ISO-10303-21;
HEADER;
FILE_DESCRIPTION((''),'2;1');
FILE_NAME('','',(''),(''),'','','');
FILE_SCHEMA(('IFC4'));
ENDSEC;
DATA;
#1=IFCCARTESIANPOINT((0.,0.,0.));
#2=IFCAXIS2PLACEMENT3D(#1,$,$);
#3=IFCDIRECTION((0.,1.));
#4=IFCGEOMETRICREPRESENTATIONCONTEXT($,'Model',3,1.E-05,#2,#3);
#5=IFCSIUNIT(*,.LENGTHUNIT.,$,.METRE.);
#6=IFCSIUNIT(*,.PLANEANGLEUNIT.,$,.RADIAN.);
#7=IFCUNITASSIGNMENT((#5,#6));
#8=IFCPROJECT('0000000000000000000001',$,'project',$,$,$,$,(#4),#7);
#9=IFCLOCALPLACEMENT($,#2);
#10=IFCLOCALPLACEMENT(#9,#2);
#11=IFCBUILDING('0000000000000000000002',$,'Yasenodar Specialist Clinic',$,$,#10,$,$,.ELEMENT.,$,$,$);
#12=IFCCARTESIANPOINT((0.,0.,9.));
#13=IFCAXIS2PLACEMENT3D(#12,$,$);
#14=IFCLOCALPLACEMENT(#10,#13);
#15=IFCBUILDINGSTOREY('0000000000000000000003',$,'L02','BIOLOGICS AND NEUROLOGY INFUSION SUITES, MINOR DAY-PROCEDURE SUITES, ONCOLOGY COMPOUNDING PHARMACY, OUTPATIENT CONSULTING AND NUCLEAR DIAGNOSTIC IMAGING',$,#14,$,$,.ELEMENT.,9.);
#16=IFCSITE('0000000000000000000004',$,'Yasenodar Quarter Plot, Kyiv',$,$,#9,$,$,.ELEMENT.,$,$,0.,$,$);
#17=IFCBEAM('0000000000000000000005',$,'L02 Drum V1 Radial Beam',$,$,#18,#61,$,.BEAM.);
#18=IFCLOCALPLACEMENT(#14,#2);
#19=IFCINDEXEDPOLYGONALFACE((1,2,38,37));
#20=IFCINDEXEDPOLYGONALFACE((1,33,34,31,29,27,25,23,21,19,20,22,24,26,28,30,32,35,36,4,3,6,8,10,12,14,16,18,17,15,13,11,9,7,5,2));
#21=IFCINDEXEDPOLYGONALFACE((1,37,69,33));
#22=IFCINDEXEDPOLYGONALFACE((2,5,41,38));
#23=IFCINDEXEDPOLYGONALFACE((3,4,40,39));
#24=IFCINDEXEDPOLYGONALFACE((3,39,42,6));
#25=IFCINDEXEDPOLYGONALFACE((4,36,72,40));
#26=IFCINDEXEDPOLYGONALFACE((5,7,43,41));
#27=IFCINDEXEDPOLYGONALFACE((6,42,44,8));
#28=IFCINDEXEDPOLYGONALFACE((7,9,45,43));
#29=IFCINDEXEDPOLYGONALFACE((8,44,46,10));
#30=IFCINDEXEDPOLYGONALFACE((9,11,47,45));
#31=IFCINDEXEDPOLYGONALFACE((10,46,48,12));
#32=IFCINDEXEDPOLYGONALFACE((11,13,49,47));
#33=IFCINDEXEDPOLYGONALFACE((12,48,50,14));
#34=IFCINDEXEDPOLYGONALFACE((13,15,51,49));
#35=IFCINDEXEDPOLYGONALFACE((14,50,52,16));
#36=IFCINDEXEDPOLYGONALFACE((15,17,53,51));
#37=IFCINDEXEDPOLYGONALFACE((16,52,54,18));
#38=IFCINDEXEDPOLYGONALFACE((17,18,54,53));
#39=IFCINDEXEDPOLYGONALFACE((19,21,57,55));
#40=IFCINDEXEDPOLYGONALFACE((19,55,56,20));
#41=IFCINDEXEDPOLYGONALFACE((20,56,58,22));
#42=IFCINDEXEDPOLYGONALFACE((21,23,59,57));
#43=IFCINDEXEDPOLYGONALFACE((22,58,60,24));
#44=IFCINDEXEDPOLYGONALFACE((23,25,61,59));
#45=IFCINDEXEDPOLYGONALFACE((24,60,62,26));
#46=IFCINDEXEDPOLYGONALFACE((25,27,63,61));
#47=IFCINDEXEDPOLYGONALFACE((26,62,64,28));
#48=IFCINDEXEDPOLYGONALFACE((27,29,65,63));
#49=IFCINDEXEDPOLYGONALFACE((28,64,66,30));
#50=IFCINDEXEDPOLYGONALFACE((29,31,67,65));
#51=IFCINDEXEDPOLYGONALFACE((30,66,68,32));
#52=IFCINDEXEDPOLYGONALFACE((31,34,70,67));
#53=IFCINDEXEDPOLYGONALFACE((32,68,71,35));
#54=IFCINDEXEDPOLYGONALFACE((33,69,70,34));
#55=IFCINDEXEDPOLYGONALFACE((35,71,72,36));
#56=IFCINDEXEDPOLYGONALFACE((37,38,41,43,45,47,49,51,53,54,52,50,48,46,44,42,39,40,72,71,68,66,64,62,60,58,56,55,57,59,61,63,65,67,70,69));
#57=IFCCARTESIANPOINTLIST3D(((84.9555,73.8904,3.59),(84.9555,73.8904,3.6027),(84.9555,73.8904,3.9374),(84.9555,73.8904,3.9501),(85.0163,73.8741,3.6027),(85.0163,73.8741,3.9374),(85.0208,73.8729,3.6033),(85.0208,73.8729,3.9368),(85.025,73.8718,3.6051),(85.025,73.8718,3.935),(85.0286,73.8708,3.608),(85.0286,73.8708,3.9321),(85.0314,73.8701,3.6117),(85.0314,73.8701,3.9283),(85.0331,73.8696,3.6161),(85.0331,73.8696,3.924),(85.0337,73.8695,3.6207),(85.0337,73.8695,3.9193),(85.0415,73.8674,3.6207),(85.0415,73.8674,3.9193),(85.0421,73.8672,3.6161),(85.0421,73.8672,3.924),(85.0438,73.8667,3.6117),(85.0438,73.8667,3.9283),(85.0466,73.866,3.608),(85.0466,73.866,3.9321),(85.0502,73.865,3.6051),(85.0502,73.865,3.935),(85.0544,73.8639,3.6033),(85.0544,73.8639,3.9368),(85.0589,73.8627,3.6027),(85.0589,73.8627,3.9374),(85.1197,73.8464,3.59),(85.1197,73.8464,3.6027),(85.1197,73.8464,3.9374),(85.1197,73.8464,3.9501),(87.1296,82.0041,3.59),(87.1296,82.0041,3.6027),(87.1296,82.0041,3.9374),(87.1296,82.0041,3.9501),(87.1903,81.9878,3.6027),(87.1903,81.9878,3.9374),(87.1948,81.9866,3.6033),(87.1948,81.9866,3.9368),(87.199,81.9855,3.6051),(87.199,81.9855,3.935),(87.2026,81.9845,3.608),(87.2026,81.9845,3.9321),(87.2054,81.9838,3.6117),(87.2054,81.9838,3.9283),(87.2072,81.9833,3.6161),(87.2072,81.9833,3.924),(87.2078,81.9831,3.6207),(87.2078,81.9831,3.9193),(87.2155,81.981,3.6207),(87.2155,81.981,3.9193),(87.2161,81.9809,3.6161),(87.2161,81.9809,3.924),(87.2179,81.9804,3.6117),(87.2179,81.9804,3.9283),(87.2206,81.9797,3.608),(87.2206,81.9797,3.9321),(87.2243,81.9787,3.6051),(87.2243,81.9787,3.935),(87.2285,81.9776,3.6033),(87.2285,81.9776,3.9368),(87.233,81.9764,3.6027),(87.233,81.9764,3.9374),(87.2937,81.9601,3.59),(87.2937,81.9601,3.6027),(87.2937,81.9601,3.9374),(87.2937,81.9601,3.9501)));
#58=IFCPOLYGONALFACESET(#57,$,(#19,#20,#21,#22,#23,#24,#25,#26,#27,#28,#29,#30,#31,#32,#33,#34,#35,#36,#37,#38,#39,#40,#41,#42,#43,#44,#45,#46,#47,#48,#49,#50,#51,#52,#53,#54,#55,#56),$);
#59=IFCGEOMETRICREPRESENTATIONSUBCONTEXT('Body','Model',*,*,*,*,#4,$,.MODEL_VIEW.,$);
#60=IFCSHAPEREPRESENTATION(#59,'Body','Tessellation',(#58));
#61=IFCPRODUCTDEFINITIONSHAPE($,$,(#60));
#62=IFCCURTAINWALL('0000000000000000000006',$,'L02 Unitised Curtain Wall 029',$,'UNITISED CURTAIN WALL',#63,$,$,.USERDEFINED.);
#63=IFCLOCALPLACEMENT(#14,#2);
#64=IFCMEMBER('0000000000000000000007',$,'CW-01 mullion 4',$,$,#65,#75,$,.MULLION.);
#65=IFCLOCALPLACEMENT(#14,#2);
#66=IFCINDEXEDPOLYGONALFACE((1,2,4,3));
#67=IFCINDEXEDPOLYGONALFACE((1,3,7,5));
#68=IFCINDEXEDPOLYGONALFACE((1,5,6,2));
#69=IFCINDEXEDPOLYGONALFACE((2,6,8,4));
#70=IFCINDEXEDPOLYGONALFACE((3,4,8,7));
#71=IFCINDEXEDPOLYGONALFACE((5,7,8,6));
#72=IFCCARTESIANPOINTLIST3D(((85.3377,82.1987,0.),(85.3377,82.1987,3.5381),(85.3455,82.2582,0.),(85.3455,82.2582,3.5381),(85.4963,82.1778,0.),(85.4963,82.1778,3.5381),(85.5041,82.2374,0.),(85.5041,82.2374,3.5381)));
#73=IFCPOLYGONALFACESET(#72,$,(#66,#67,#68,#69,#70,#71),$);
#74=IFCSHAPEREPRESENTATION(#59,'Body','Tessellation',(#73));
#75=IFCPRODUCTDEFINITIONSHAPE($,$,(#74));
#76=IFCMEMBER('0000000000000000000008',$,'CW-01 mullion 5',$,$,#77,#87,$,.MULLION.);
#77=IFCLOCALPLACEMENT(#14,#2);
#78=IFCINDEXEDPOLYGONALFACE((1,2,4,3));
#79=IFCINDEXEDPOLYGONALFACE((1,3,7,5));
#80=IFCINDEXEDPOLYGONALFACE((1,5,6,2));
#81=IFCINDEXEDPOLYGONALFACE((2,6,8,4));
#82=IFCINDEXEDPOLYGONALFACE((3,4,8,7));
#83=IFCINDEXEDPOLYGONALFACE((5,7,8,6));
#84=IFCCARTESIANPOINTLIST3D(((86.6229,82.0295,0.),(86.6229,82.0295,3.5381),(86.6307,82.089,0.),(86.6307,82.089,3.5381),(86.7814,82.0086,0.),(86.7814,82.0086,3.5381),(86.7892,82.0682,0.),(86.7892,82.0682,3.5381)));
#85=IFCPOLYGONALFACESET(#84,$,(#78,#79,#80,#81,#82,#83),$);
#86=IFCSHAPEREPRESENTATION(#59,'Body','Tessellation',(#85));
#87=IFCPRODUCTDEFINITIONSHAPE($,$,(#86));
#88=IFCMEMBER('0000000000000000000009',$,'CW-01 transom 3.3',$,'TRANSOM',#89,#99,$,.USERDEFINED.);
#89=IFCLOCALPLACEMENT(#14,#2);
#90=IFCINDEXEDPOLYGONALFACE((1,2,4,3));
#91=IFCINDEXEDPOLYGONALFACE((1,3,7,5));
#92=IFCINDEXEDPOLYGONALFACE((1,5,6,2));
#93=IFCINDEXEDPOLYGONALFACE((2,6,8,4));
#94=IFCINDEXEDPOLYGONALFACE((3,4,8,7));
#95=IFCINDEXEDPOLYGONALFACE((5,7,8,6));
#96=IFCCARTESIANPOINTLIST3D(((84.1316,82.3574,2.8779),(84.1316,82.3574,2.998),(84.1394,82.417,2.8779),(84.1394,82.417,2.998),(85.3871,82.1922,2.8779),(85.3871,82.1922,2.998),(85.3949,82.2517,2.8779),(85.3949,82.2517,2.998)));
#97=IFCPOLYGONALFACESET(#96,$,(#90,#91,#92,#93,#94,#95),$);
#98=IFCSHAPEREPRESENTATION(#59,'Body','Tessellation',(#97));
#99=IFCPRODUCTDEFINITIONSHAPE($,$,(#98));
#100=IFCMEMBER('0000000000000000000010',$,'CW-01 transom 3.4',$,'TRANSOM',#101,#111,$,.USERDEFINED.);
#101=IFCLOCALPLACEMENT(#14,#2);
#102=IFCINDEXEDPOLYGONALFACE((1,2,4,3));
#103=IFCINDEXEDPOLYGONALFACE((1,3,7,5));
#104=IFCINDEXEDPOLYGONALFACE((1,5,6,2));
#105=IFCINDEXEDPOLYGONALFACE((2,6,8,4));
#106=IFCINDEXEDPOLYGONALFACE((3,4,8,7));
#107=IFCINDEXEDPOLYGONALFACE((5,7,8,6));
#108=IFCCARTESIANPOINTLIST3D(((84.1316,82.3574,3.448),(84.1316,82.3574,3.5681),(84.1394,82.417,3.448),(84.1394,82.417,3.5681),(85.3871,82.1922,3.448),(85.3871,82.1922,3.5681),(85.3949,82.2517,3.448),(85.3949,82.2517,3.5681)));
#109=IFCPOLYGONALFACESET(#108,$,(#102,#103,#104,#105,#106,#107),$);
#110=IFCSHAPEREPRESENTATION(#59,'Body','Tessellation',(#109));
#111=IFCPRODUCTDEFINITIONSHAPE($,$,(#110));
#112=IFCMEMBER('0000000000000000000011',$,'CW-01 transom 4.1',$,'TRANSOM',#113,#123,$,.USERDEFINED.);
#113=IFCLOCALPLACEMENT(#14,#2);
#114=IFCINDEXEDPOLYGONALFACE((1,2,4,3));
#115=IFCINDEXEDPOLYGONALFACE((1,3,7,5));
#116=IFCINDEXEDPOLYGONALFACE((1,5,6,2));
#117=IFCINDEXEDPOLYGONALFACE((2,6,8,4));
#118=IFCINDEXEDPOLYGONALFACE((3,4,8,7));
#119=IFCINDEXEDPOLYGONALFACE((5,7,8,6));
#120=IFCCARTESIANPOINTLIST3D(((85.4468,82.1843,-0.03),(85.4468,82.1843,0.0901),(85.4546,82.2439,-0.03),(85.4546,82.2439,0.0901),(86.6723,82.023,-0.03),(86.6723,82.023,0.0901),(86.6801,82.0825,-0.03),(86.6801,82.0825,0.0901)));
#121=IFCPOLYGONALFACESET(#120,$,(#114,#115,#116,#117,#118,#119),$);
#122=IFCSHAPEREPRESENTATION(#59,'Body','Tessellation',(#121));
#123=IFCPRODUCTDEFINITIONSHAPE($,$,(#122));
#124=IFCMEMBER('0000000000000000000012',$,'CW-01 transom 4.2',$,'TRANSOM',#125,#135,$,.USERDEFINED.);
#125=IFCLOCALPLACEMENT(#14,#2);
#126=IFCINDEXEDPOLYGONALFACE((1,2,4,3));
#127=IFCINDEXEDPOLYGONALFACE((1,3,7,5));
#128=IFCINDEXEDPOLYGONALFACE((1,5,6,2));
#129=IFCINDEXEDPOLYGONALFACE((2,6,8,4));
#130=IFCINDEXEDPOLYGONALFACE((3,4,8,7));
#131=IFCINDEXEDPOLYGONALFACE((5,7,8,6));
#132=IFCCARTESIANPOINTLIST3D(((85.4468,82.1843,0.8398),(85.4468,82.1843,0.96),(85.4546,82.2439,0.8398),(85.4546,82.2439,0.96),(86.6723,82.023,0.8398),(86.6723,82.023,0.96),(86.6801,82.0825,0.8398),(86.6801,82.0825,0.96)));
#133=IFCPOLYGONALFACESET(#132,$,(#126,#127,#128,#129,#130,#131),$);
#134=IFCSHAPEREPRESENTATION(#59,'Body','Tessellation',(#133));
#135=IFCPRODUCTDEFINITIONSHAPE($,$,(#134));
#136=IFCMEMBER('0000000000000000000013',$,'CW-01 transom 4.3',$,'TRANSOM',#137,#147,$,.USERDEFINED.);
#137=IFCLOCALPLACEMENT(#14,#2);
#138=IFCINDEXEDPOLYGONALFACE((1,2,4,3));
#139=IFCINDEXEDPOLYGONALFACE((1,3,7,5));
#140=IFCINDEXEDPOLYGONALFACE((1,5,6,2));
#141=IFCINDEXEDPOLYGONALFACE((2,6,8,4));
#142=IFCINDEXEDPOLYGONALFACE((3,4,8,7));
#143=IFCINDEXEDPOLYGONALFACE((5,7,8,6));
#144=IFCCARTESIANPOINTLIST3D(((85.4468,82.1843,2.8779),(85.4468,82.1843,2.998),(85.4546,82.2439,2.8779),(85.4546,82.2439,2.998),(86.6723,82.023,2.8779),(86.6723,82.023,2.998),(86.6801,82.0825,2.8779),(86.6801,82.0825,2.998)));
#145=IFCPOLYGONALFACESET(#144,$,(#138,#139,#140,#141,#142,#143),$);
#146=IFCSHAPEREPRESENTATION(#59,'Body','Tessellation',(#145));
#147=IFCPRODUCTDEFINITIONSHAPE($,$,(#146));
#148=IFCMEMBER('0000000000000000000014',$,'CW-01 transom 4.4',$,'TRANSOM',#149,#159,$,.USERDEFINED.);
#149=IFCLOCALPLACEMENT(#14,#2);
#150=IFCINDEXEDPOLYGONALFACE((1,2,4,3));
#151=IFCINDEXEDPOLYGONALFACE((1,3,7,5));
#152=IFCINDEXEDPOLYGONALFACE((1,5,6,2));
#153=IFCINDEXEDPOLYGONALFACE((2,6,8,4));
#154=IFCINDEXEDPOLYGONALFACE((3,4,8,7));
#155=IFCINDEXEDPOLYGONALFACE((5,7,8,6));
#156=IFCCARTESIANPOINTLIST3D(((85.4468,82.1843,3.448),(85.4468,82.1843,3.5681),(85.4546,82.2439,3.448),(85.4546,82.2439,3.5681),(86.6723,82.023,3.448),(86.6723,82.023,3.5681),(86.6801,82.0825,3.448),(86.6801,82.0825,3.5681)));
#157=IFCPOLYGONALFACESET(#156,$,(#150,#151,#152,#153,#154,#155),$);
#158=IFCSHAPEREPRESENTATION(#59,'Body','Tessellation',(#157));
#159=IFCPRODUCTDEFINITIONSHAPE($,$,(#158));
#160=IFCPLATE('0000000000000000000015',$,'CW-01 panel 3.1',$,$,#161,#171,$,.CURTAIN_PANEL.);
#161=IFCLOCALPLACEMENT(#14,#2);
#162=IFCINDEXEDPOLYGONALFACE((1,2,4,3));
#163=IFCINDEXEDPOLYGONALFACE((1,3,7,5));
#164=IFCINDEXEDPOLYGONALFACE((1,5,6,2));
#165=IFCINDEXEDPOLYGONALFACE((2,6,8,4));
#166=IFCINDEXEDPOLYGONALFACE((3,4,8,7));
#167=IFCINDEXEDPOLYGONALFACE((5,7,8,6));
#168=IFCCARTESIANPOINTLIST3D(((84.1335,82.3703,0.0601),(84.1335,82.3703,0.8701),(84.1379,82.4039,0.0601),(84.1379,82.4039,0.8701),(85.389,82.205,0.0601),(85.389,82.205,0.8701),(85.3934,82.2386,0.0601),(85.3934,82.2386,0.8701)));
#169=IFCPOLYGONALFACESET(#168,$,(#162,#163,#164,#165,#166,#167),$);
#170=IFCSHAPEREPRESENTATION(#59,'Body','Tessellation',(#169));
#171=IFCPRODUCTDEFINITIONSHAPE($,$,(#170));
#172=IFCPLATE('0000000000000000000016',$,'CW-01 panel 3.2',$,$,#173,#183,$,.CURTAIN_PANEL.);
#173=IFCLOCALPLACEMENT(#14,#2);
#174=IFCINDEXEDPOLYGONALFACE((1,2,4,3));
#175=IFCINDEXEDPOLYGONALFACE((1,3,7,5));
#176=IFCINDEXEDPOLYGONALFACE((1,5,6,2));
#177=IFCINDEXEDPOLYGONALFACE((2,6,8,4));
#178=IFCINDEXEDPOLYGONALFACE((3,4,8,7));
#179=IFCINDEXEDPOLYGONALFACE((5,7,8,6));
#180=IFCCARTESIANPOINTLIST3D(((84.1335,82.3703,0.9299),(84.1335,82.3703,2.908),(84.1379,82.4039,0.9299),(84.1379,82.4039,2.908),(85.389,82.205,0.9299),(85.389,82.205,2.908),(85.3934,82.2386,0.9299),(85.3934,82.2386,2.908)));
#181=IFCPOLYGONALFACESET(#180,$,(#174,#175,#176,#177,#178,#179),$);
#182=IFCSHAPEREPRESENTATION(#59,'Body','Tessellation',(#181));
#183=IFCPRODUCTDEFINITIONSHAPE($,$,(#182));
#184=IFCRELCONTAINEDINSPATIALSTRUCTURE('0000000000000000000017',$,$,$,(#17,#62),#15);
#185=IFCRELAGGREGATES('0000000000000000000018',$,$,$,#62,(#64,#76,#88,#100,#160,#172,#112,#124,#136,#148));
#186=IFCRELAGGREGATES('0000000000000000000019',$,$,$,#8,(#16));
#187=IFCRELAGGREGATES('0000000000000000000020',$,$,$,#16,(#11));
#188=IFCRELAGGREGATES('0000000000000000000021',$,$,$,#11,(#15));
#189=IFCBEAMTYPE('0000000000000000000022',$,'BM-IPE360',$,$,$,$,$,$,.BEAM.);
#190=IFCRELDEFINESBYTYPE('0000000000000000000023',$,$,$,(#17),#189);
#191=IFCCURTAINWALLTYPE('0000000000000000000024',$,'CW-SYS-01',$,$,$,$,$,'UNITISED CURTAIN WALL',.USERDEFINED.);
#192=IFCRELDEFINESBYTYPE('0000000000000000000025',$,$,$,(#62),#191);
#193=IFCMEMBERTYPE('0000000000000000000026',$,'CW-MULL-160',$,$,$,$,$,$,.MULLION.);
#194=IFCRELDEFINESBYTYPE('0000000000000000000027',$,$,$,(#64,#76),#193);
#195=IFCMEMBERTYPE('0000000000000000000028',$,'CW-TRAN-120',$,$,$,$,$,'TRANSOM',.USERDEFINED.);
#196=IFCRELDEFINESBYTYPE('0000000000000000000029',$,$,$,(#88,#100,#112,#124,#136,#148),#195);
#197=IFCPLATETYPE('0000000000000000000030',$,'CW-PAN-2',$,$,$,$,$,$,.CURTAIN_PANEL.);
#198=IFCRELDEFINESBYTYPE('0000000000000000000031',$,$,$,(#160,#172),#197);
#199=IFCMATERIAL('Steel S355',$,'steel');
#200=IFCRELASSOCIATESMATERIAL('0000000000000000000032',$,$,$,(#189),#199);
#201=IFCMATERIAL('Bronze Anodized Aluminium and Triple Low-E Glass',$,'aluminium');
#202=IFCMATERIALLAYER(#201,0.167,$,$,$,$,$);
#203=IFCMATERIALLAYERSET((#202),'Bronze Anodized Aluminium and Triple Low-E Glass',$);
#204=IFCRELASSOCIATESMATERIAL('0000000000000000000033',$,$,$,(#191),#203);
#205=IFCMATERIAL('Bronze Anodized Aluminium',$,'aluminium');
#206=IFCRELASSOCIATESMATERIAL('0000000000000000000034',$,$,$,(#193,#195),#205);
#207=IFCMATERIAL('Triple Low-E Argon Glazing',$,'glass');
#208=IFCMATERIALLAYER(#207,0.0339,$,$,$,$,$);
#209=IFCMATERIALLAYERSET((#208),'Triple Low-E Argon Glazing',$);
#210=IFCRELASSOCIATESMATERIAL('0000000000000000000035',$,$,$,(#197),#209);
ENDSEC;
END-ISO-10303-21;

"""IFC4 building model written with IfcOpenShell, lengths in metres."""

from ifc_helpers import new_model, si_unit, direction, frame, origin, origin_2d, place, context, subcontext, project, spatial, rectangle, i_section, extrude, material, layer, layer_set, material_profile, profile_set, type_object, element, aggregate, save


model = new_model("IFC4")

# Units and contexts
model_context = context("Model", 3, precision=1e-05, world=origin(), true_north=direction((0.0, 1.0)))
body_context = subcontext(model_context, "Body", "Model", "MODEL_VIEW")
ifc_project = project(units=[si_unit("LENGTHUNIT", "METRE"), si_unit("PLANEANGLEUNIT", "RADIAN")], contexts=[model_context])

# Site, building, storey
site_placement = place(None, origin())
site = spatial("IfcSite", under=ifc_project, at=site_placement, Name="Yasenodar Quarter Plot, Kyiv", CompositionType="ELEMENT", RefElevation=0.0)
building_placement = place(site_placement, origin())
building = spatial("IfcBuilding", under=site, at=building_placement, Name="Yasenodar Specialist Clinic", CompositionType="ELEMENT")
storey_placement = place(building_placement, frame((0.0, 0.0, 9.0)))
storey = spatial("IfcBuildingStorey", under=building, at=storey_placement, Name="L02", Description="BIOLOGICS AND NEUROLOGY INFUSION SUITES, MINOR DAY-PROCEDURE SUITES, ONCOLOGY COMPOUNDING PHARMACY, OUTPATIENT CONSULTING AND NUCLEAR DIAGNOSTIC IMAGING", CompositionType="ELEMENT", Elevation=9.0)

# Shared definitions
ifc_material_1 = material(Name="Steel S355", Category="steel")

# Beam
ifc_material_profile_1 = material_profile(ifc_material_1, i_section(OverallWidth=0.1699, OverallDepth=0.3601, WebThickness=0.0081, FlangeThickness=0.0127, FilletRadius=0.0181, at=origin_2d()), Name="IPE 360")
ifc_profile_set_1 = profile_set([ifc_material_profile_1], Name="Steel S355")
beam_type_1 = type_object("IfcBeamType", Name="BM-IPE360", PredefinedType="BEAM", material=ifc_profile_set_1)
beam_1_placement = place(storey_placement, frame((85.0376, 73.8684, 3.77), z_axis=(0.258818, 0.965926, 0.0), x_axis=(-0.965926, 0.258818, 0.0)))
element("IfcBeam", 1, at=beam_1_placement, inside=storey, type_object=beam_type_1, Name="L02 Drum V1 Radial Beam", PredefinedType="BEAM", context=body_context, shape_type="SweptSolid", body=[
    extrude(i_section(OverallWidth=0.1699, OverallDepth=0.3601, WebThickness=0.0081, FlangeThickness=0.0127, FilletRadius=0.0181, at=origin_2d()), origin(), (0.0, 0.0, 1.0), 8.3999),
])

# Curtain wall, members, plates
ifc_material_2 = material(Name="Bronze Anodized Aluminium and Triple Low-E Glass", Category="aluminium")
ifc_layer_1 = layer(ifc_material_2, 0.167)
ifc_layer_set_1 = layer_set([ifc_layer_1], Name="Bronze Anodized Aluminium and Triple Low-E Glass")
curtain_wall_type = type_object("IfcCurtainWallType", Name="CW-SYS-01", ElementType="UNITISED CURTAIN WALL", PredefinedType="USERDEFINED", material=ifc_layer_set_1)
curtain_wall_placement = place(storey_placement, origin())
curtain_wall = element("IfcCurtainWall", 2, at=curtain_wall_placement, inside=storey, type_object=curtain_wall_type, Name="L02 Unitised Curtain Wall 029", ObjectType="UNITISED CURTAIN WALL", PredefinedType="USERDEFINED")
ifc_material_3 = material(Name="Bronze Anodized Aluminium", Category="aluminium")
ifc_material_profile_2 = material_profile(ifc_material_3, rectangle(XDim=0.0601, YDim=0.1599, at=origin_2d()), Name="CW-MULL 60x160")
ifc_profile_set_2 = profile_set([ifc_material_profile_2], Name="Bronze Anodized Aluminium")
member_type_1 = type_object("IfcMemberType", Name="CW-MULL-160", PredefinedType="MULLION", material=ifc_profile_set_2)
member_1_placement = place(storey_placement, frame((85.4209, 82.218, 0.0), z_axis=(0.0, 0.0, 1.0), x_axis=(0.130512, 0.991447, 0.0)))
member_1 = element("IfcMember", 3, at=member_1_placement, type_object=member_type_1, Name="CW-01 mullion 4", PredefinedType="MULLION", context=body_context, shape_type="SweptSolid", body=[
    extrude(rectangle(XDim=0.0601, YDim=0.1599, at=origin_2d()), origin(), (0.0, 0.0, 1.0), 3.5381),
])
member_2_placement = place(storey_placement, frame((86.7061, 82.0488, 0.0), z_axis=(0.0, 0.0, 1.0), x_axis=(0.130512, 0.991447, 0.0)))
member_2 = element("IfcMember", 4, at=member_2_placement, type_object=member_type_1, Name="CW-01 mullion 5", PredefinedType="MULLION", context=body_context, shape_type="SweptSolid", body=[
    extrude(rectangle(XDim=0.0601, YDim=0.1599, at=origin_2d()), origin(), (0.0, 0.0, 1.0), 3.5381),
])
ifc_material_profile_3 = material_profile(ifc_material_3, rectangle(XDim=0.0601, YDim=0.1201, at=origin_2d()), Name="CW-TRAN 60x120")
ifc_profile_set_3 = profile_set([ifc_material_profile_3], Name="Bronze Anodized Aluminium")
member_type_2 = type_object("IfcMemberType", Name="CW-TRAN-120", ElementType="TRANSOM", PredefinedType="USERDEFINED", material=ifc_profile_set_3)
member_3_placement = place(storey_placement, frame((84.1355, 82.3872, 2.938), z_axis=(0.991447, -0.130509, 0.0), x_axis=(0.130509, 0.991447, 0.0)))
member_3 = element("IfcMember", 5, at=member_3_placement, type_object=member_type_2, Name="CW-01 transom 3.3", ObjectType="TRANSOM", PredefinedType="USERDEFINED", context=body_context, shape_type="SweptSolid", body=[
    extrude(rectangle(XDim=0.0601, YDim=0.1201, at=origin_2d()), origin(), (0.0, 0.0, 1.0), 1.2664),
])
member_4_placement = place(storey_placement, frame((84.1355, 82.3872, 3.5081), z_axis=(0.991447, -0.130509, 0.0), x_axis=(0.130509, 0.991447, 0.0)))
member_4 = element("IfcMember", 6, at=member_4_placement, type_object=member_type_2, Name="CW-01 transom 3.4", ObjectType="TRANSOM", PredefinedType="USERDEFINED", context=body_context, shape_type="SweptSolid", body=[
    extrude(rectangle(XDim=0.0601, YDim=0.1201, at=origin_2d()), origin(), (0.0, 0.0, 1.0), 1.2664),
])
member_5_placement = place(storey_placement, frame((85.4507, 82.2141, 0.03), z_axis=(0.991442, -0.130546, 0.0), x_axis=(0.130546, 0.991442, 0.0)))
member_5 = element("IfcMember", 7, at=member_5_placement, type_object=member_type_2, Name="CW-01 transom 4.1", ObjectType="TRANSOM", PredefinedType="USERDEFINED", context=body_context, shape_type="SweptSolid", body=[
    extrude(rectangle(XDim=0.0601, YDim=0.1201, at=origin_2d()), origin(), (0.0, 0.0, 1.0), 1.2361),
])
member_6_placement = place(storey_placement, frame((85.4507, 82.2141, 0.8999), z_axis=(0.991442, -0.130546, 0.0), x_axis=(0.130546, 0.991442, 0.0)))
member_6 = element("IfcMember", 8, at=member_6_placement, type_object=member_type_2, Name="CW-01 transom 4.2", ObjectType="TRANSOM", PredefinedType="USERDEFINED", context=body_context, shape_type="SweptSolid", body=[
    extrude(rectangle(XDim=0.0601, YDim=0.1201, at=origin_2d()), origin(), (0.0, 0.0, 1.0), 1.2361),
])
member_7_placement = place(storey_placement, frame((85.4507, 82.2141, 2.938), z_axis=(0.991442, -0.130546, 0.0), x_axis=(0.130546, 0.991442, 0.0)))
member_7 = element("IfcMember", 9, at=member_7_placement, type_object=member_type_2, Name="CW-01 transom 4.3", ObjectType="TRANSOM", PredefinedType="USERDEFINED", context=body_context, shape_type="SweptSolid", body=[
    extrude(rectangle(XDim=0.0601, YDim=0.1201, at=origin_2d()), origin(), (0.0, 0.0, 1.0), 1.2361),
])
member_8_placement = place(storey_placement, frame((85.4507, 82.2141, 3.5081), z_axis=(0.991442, -0.130546, 0.0), x_axis=(0.130546, 0.991442, 0.0)))
member_8 = element("IfcMember", 10, at=member_8_placement, type_object=member_type_2, Name="CW-01 transom 4.4", ObjectType="TRANSOM", PredefinedType="USERDEFINED", context=body_context, shape_type="SweptSolid", body=[
    extrude(rectangle(XDim=0.0601, YDim=0.1201, at=origin_2d()), origin(), (0.0, 0.0, 1.0), 1.2361),
])
ifc_material_4 = material(Name="Triple Low-E Argon Glazing", Category="glass")
ifc_layer_2 = layer(ifc_material_4, 0.0339)
ifc_layer_set_2 = layer_set([ifc_layer_2], Name="Triple Low-E Argon Glazing")
plate_type = type_object("IfcPlateType", Name="CW-PAN-2", PredefinedType="CURTAIN_PANEL", material=ifc_layer_set_2)
plate_1_placement = place(storey_placement, frame((84.7634, 82.3044, 0.0601), z_axis=(0.0, 0.0, 1.0), x_axis=(0.991447, -0.130512, 0.0)))
plate_1 = element("IfcPlate", 11, at=plate_1_placement, type_object=plate_type, Name="CW-01 panel 3.1", PredefinedType="CURTAIN_PANEL", context=body_context, shape_type="SweptSolid", body=[
    extrude(rectangle(XDim=1.2664, YDim=0.0339, at=origin_2d()), origin(), (0.0, 0.0, 1.0), 0.8101),
])
plate_2_placement = place(storey_placement, frame((84.7634, 82.3044, 0.9299), z_axis=(0.0, 0.0, 1.0), x_axis=(0.991447, -0.130512, 0.0)))
plate_2 = element("IfcPlate", 12, at=plate_2_placement, type_object=plate_type, Name="CW-01 panel 3.2", PredefinedType="CURTAIN_PANEL", context=body_context, shape_type="SweptSolid", body=[
    extrude(rectangle(XDim=1.2664, YDim=0.0339, at=origin_2d()), origin(), (0.0, 0.0, 1.0), 1.978),
])
aggregate(curtain_wall, [member_1, member_2, member_3, member_4, plate_1, plate_2, member_5, member_6, member_7, member_8])

save(model, "model.ifc")
